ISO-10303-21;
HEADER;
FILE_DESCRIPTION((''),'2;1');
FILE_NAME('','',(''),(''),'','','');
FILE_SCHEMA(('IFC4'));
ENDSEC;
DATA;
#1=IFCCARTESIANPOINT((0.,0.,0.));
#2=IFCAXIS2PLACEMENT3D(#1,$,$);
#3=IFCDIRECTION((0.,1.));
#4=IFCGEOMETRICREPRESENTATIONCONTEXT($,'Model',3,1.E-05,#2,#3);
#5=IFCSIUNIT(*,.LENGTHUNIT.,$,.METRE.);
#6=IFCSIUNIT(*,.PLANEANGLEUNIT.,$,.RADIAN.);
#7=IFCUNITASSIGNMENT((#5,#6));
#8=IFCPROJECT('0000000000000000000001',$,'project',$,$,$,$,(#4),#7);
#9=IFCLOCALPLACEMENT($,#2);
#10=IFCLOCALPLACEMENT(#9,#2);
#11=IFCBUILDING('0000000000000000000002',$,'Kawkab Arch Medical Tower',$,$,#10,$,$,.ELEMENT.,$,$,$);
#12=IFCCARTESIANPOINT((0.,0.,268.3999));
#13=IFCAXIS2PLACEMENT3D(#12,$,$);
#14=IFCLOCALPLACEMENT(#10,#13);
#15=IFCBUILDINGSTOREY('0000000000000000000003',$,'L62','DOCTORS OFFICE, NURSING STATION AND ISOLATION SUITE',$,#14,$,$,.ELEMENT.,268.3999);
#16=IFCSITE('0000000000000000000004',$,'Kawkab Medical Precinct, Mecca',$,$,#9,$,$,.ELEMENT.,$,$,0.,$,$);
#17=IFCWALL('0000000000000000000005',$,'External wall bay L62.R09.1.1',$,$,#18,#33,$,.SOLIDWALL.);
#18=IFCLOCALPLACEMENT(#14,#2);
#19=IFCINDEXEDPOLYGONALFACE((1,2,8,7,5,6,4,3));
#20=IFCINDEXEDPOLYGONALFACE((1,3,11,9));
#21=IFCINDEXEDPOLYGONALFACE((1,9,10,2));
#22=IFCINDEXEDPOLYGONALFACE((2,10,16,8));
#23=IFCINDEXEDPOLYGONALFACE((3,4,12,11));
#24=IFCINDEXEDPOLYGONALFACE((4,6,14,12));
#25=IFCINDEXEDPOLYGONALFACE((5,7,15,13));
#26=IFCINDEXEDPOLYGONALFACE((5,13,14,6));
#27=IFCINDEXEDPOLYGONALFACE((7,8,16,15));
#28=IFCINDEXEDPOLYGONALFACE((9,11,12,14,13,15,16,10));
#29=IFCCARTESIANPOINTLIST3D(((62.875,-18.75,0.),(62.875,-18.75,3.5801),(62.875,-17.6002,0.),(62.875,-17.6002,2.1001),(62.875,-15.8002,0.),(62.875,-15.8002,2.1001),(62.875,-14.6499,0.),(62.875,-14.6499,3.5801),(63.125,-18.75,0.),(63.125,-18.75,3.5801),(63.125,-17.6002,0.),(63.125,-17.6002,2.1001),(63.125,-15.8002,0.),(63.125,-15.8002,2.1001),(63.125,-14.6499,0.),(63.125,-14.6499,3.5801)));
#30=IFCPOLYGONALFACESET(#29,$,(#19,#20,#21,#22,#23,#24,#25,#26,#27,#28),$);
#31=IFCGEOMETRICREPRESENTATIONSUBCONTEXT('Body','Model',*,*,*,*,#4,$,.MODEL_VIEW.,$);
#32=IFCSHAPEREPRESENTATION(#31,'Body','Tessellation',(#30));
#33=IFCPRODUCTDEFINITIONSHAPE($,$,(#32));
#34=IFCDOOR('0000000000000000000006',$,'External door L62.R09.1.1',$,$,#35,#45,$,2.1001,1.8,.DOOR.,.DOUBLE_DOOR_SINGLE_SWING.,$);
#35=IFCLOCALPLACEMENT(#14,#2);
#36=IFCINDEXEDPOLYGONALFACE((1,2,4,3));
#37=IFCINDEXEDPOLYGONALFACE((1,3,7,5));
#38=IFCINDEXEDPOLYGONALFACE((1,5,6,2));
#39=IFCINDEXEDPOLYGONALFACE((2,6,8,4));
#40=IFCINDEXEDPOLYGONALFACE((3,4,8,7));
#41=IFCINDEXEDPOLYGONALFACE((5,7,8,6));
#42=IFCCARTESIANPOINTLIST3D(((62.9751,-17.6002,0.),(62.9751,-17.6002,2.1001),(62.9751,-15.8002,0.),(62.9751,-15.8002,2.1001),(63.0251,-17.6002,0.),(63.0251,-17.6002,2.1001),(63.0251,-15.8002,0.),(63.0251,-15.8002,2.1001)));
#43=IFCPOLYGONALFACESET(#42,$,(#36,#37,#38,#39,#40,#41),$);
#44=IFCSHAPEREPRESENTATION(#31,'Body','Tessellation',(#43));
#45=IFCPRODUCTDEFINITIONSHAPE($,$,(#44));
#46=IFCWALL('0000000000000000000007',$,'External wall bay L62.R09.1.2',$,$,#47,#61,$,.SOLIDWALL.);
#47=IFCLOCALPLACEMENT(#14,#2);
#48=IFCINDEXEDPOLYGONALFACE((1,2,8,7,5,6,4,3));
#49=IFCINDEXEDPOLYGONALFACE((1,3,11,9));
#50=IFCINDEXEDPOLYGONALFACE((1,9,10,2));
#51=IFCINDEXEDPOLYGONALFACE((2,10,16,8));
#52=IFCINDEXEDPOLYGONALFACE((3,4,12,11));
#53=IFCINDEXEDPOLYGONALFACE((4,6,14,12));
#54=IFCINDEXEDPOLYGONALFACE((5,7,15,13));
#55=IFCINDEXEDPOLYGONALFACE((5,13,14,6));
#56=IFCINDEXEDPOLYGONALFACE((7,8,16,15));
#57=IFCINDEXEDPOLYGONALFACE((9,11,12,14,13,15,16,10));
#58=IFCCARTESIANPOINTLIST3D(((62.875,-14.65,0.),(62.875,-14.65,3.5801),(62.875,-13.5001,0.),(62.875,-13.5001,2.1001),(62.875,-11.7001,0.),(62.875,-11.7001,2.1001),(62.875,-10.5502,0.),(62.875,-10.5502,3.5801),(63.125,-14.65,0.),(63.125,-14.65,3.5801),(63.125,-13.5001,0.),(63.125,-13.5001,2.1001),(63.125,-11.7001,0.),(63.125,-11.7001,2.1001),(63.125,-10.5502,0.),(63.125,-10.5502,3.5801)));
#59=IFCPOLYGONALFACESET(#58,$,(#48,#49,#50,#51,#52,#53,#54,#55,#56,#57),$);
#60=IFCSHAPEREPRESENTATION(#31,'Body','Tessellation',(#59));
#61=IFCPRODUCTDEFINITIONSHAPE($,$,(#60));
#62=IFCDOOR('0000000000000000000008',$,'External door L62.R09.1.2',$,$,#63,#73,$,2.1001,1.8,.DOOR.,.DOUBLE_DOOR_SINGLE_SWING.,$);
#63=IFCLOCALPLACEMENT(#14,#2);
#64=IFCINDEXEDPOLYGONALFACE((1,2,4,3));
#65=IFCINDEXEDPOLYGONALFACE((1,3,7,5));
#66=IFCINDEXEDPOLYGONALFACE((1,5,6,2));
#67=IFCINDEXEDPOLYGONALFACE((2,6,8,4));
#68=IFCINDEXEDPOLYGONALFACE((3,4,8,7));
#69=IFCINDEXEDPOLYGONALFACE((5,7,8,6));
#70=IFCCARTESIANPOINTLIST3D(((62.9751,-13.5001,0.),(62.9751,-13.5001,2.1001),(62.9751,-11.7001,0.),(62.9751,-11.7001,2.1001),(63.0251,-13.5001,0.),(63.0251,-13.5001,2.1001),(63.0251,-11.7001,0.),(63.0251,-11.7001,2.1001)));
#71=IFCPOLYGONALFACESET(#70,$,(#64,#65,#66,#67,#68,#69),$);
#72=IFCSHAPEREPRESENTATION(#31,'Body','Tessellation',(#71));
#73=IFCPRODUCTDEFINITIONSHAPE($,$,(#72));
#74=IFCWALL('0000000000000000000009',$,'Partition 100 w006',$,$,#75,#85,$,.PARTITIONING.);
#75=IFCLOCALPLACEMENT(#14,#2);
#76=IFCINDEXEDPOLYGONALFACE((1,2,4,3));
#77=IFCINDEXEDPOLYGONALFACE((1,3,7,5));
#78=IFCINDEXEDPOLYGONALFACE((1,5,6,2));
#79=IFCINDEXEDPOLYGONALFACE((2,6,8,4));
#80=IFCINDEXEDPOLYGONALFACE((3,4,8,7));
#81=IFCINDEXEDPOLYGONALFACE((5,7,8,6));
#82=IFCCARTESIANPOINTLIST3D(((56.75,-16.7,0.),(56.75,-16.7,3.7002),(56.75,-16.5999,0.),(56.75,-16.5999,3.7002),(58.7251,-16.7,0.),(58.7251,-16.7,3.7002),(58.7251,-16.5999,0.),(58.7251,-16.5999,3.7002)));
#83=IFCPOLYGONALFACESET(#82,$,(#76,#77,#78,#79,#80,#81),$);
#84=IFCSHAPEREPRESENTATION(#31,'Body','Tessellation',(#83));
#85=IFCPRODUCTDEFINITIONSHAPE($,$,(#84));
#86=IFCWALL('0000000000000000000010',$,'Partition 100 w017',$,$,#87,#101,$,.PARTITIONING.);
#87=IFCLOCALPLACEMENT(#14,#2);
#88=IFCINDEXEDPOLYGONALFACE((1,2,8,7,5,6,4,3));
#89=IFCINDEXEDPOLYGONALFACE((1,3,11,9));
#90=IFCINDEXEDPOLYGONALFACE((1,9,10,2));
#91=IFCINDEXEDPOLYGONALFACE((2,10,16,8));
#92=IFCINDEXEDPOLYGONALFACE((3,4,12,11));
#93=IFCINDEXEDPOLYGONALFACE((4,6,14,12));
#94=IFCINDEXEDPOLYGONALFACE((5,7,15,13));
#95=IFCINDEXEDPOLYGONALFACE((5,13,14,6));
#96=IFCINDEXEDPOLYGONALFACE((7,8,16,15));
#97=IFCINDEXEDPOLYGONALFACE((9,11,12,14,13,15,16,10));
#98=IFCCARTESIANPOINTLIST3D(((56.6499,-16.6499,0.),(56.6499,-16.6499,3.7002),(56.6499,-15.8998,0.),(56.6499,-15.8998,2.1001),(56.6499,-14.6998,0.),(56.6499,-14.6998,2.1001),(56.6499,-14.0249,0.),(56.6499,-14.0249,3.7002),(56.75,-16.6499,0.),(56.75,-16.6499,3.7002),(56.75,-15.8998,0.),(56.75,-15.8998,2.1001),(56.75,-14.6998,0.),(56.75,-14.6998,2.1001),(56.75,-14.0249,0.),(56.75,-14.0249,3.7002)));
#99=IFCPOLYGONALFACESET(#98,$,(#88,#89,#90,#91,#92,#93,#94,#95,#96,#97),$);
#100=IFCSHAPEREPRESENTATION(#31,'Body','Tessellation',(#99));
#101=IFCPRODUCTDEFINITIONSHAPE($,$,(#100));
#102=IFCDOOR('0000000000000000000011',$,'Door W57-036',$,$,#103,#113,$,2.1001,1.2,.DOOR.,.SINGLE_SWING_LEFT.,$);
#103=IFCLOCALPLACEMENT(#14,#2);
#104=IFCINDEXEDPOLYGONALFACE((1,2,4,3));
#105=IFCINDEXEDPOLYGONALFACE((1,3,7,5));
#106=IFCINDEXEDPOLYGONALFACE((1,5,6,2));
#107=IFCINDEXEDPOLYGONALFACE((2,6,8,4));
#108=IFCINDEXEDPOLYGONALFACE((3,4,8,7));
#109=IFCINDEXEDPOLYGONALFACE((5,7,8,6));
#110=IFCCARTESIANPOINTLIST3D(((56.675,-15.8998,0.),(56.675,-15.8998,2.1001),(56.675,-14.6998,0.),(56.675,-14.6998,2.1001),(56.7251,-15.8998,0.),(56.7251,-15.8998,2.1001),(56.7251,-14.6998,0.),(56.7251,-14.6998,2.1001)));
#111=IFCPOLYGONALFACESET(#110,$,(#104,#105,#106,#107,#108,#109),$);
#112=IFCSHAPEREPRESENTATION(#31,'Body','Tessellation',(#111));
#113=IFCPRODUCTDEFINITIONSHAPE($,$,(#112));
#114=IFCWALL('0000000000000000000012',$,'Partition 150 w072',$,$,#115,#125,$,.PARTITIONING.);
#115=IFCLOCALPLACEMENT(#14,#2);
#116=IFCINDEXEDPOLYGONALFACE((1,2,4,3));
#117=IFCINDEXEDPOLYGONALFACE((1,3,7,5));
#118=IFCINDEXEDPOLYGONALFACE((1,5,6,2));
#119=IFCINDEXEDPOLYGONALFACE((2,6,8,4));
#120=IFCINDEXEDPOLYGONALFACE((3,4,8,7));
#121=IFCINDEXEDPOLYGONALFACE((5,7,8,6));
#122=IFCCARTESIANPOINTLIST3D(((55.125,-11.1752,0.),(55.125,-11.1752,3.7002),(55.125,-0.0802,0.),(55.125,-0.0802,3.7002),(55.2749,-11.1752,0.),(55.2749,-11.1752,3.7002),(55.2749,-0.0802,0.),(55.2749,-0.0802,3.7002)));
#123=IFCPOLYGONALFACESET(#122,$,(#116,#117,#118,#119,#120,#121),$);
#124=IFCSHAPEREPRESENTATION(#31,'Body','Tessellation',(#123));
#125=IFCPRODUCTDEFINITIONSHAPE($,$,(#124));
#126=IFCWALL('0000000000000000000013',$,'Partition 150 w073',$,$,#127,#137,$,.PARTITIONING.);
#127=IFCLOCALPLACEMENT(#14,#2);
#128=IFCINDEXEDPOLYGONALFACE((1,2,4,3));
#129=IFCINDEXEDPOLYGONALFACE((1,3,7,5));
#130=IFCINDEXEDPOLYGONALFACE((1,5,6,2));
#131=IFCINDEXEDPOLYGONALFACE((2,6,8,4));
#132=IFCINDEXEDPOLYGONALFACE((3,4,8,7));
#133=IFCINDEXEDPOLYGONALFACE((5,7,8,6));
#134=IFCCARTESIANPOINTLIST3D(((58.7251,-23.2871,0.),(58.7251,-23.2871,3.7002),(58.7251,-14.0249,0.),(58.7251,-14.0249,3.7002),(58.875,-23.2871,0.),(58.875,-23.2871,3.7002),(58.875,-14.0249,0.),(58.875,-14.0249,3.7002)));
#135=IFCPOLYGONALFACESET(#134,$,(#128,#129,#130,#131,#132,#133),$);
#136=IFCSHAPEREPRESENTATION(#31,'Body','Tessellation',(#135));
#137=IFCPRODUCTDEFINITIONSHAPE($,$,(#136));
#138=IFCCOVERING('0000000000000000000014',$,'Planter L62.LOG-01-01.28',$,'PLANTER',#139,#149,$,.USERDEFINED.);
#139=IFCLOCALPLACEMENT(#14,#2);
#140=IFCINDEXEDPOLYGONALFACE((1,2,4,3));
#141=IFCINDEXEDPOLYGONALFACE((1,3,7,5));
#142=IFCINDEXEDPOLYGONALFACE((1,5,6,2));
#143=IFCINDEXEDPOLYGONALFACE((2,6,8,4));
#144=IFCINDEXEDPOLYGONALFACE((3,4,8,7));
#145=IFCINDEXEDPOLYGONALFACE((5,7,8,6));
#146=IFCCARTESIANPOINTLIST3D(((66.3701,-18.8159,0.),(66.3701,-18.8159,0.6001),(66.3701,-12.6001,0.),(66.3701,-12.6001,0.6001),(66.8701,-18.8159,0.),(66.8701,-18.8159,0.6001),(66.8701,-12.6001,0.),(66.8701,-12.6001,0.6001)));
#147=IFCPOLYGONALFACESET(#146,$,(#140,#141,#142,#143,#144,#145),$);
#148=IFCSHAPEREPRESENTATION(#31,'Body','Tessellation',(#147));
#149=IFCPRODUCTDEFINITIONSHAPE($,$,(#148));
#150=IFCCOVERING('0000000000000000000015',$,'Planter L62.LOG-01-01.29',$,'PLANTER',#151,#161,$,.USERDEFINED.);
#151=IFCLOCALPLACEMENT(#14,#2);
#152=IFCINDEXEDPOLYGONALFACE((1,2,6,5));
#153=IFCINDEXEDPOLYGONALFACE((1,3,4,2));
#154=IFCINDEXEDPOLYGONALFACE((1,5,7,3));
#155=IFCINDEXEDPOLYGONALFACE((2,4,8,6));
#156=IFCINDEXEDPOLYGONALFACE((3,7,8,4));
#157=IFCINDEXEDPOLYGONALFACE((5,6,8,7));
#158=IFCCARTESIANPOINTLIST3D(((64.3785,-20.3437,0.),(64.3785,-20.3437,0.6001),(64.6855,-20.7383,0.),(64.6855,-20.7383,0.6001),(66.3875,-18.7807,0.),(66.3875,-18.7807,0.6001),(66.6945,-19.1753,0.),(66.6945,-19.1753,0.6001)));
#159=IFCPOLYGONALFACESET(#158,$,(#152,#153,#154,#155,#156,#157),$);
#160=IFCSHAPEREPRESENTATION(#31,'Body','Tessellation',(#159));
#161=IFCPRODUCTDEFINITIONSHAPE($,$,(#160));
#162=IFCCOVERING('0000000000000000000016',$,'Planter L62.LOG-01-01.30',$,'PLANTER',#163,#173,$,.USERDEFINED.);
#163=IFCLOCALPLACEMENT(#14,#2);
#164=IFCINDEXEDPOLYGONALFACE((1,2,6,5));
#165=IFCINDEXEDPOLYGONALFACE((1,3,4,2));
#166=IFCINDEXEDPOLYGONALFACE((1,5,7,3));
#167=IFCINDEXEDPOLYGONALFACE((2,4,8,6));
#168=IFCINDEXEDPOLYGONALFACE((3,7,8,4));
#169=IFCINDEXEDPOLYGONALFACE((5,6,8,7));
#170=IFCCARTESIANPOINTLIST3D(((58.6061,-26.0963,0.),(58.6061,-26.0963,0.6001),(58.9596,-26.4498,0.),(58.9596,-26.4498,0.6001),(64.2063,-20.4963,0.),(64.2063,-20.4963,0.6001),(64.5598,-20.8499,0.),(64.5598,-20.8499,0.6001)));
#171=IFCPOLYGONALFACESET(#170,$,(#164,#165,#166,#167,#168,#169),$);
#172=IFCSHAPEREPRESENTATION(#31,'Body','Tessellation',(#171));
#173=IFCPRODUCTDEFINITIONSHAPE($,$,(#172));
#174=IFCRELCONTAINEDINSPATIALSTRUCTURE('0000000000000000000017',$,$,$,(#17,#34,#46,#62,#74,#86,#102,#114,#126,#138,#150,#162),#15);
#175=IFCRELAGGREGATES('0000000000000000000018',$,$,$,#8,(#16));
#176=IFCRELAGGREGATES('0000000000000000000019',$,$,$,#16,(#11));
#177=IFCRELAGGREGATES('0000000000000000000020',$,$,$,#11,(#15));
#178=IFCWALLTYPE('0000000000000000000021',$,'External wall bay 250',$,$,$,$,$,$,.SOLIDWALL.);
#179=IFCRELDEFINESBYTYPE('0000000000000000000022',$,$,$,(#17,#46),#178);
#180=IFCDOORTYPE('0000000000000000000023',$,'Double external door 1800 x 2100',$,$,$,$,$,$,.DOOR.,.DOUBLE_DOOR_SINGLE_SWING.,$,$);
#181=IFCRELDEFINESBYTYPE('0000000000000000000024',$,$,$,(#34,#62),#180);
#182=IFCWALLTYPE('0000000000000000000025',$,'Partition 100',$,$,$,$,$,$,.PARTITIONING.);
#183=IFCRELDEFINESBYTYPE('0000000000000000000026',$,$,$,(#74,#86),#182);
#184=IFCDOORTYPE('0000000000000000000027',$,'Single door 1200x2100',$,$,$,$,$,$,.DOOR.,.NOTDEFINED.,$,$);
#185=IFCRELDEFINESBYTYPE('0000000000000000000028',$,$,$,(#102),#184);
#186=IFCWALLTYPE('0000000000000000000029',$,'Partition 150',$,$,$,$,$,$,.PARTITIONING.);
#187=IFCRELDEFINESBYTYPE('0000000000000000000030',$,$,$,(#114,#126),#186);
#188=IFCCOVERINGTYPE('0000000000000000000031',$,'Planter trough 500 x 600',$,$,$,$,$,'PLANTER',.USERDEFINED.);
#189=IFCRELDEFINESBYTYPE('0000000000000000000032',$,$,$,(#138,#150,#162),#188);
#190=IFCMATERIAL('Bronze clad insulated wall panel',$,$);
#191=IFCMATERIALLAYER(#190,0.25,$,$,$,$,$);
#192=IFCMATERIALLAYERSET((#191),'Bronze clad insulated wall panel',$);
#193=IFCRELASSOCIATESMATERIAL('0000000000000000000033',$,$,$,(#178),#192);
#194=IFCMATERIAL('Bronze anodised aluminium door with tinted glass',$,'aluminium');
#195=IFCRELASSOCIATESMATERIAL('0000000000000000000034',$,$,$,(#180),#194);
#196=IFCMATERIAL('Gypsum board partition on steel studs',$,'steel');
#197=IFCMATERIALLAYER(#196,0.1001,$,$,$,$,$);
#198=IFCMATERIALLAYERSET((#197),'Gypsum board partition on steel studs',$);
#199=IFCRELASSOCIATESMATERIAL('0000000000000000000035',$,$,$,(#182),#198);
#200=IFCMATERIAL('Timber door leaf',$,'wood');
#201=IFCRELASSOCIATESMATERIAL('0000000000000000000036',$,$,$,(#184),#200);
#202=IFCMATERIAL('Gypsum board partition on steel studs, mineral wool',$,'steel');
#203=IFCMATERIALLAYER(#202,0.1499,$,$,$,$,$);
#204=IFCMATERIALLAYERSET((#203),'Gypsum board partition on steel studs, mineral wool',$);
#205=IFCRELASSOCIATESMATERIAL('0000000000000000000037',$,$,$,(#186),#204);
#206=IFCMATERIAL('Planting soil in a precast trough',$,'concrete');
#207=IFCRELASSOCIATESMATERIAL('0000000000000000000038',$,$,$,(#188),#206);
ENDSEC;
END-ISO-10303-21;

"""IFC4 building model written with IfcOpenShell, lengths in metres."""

from ifc_helpers import new_model, si_unit, direction, frame, frame_2d, origin, origin_2d, place, context, subcontext, project, spatial, rectangle, extrude, material, layer, layer_set, material_profile, profile_set, type_object, element, fill, save


model = new_model("IFC4")

# Units and contexts
model_context = context("Model", 3, precision=1e-05, world=origin(), true_north=direction((0.0, 1.0)))
body_context = subcontext(model_context, "Body", "Model", "MODEL_VIEW")
ifc_project = project(units=[si_unit("LENGTHUNIT", "METRE"), si_unit("PLANEANGLEUNIT", "RADIAN")], contexts=[model_context])

# Site, building, storey
site_placement = place(None, origin())
site = spatial("IfcSite", under=ifc_project, at=site_placement, Name="Kawkab Medical Precinct, Mecca", CompositionType="ELEMENT", RefElevation=0.0)
building_placement = place(site_placement, origin())
building = spatial("IfcBuilding", under=site, at=building_placement, Name="Kawkab Arch Medical Tower", CompositionType="ELEMENT")
storey_placement = place(building_placement, frame((0.0, 0.0, 268.3999)))
storey = spatial("IfcBuildingStorey", under=building, at=storey_placement, Name="L62", Description="DOCTORS OFFICE, NURSING STATION AND ISOLATION SUITE", CompositionType="ELEMENT", Elevation=268.3999)

# Walls, openings, doors
ifc_material_1 = material(Name="Bronze clad insulated wall panel")
ifc_layer_1 = layer(ifc_material_1, 0.25)
ifc_layer_set_1 = layer_set([ifc_layer_1], Name="Bronze clad insulated wall panel")
wall_type_1 = type_object("IfcWallType", Name="External wall bay 250", PredefinedType="SOLIDWALL", material=ifc_layer_set_1)
wall_1_placement = place(storey_placement, frame((63.0, -18.75, 0.0), z_axis=(0.0, 0.0, 1.0), x_axis=(0.0, 1.0, 0.0)))
wall_1 = element("IfcWall", 1, at=wall_1_placement, inside=storey, type_object=wall_type_1, Name="External wall bay L62.R09.1.1", PredefinedType="SOLIDWALL", context=body_context, shape_type="SweptSolid", body=[
    extrude(rectangle(XDim=4.1001, YDim=0.25, at=frame_2d((2.05, 0.0))), origin(), (0.0, 0.0, 1.0), 3.5801),
])
opening_1_placement = place(wall_1_placement, frame((1.1499, 0.0, 0.0)))
opening_1 = element("IfcOpeningElement", 2, at=opening_1_placement, cuts=wall_1, PredefinedType="OPENING", context=body_context, shape_type="SweptSolid", body=[
    extrude(rectangle(XDim=1.8, YDim=2.1001, at=frame_2d((0.8999, 1.05))), frame((0.0, 0.135, 0.0), z_axis=(0.0, -1.0, 0.0), x_axis=(1.0, 0.0, 0.0)), (0.0, 0.0, 1.0), 0.27),
])
ifc_material_2 = material(Name="Bronze anodised aluminium door with tinted glass", Category="aluminium")
door_type_1 = type_object("IfcDoorType", Name="Double external door 1800 x 2100", OperationType="DOUBLE_DOOR_SINGLE_SWING", PredefinedType="DOOR", material=ifc_material_2)
door_1_placement = place(opening_1_placement, origin())
door_1 = element("IfcDoor", 3, at=door_1_placement, inside=storey, type_object=door_type_1, Name="External door L62.R09.1.1", OperationType="DOUBLE_DOOR_SINGLE_SWING", OverallHeight=2.1001, OverallWidth=1.8, PredefinedType="DOOR", context=body_context, shape_type="SweptSolid", body=[
    extrude(rectangle(XDim=1.8, YDim=2.1001, at=frame_2d((0.8999, 1.05))), frame((0.0, 0.0249, 0.0), z_axis=(0.0, -1.0, 0.0), x_axis=(1.0, 0.0, 0.0)), (0.0, 0.0, 1.0), 0.05),
])
fill(opening_1, door_1)
wall_2_placement = place(storey_placement, frame((63.0, -14.6499, 0.0), z_axis=(0.0, 0.0, 1.0), x_axis=(0.0, 1.0, 0.0)))
wall_2 = element("IfcWall", 4, at=wall_2_placement, inside=storey, type_object=wall_type_1, Name="External wall bay L62.R09.1.2", PredefinedType="SOLIDWALL", context=body_context, shape_type="SweptSolid", body=[
    extrude(rectangle(XDim=4.0999, YDim=0.25, at=frame_2d((2.0498, 0.0))), origin(), (0.0, 0.0, 1.0), 3.5801),
])
opening_2_placement = place(wall_2_placement, frame((1.1499, 0.0, 0.0)))
opening_2 = element("IfcOpeningElement", 5, at=opening_2_placement, cuts=wall_2, PredefinedType="OPENING", context=body_context, shape_type="SweptSolid", body=[
    extrude(rectangle(XDim=1.8, YDim=2.1001, at=frame_2d((0.8999, 1.05))), frame((0.0, 0.135, 0.0), z_axis=(0.0, -1.0, 0.0), x_axis=(1.0, 0.0, 0.0)), (0.0, 0.0, 1.0), 0.27),
])
door_2_placement = place(opening_2_placement, origin())
door_2 = element("IfcDoor", 6, at=door_2_placement, inside=storey, type_object=door_type_1, Name="External door L62.R09.1.2", OperationType="DOUBLE_DOOR_SINGLE_SWING", OverallHeight=2.1001, OverallWidth=1.8, PredefinedType="DOOR", context=body_context, shape_type="SweptSolid", body=[
    extrude(rectangle(XDim=1.8, YDim=2.1001, at=frame_2d((0.8999, 1.05))), frame((0.0, 0.0249, 0.0), z_axis=(0.0, -1.0, 0.0), x_axis=(1.0, 0.0, 0.0)), (0.0, 0.0, 1.0), 0.05),
])
fill(opening_2, door_2)

# Wall
ifc_material_3 = material(Name="Gypsum board partition on steel studs", Category="steel")
ifc_layer_2 = layer(ifc_material_3, 0.1001)
ifc_layer_set_2 = layer_set([ifc_layer_2], Name="Gypsum board partition on steel studs")
wall_type_2 = type_object("IfcWallType", Name="Partition 100", PredefinedType="PARTITIONING", material=ifc_layer_set_2)
wall_3_placement = place(storey_placement, frame((56.75, -16.6499, 0.0), z_axis=(0.0, 0.0, 1.0), x_axis=(1.0, 0.0, 0.0)))
element("IfcWall", 7, at=wall_3_placement, inside=storey, type_object=wall_type_2, Name="Partition 100 w006", PredefinedType="PARTITIONING", context=body_context, shape_type="SweptSolid", body=[
    extrude(rectangle(XDim=1.9751, YDim=0.1001, at=frame_2d((0.9875, 0.0))), origin(), (0.0, 0.0, 1.0), 3.7002),
])

# Wall, opening, door
wall_4_placement = place(storey_placement, frame((56.7, -16.6499, 0.0), z_axis=(0.0, 0.0, 1.0), x_axis=(0.0, 1.0, 0.0)))
wall_4 = element("IfcWall", 8, at=wall_4_placement, inside=storey, type_object=wall_type_2, Name="Partition 100 w017", PredefinedType="PARTITIONING", context=body_context, shape_type="SweptSolid", body=[
    extrude(rectangle(XDim=2.625, YDim=0.1001, at=frame_2d((1.3125, 0.0))), origin(), (0.0, 0.0, 1.0), 3.7002),
])
opening_3_placement = place(wall_4_placement, frame((0.75, 0.0, 0.0)))
opening_3 = element("IfcOpeningElement", 9, at=opening_3_placement, cuts=wall_4, PredefinedType="OPENING", context=body_context, shape_type="SweptSolid", body=[
    extrude(rectangle(XDim=1.2, YDim=2.1001, at=frame_2d((0.6001, 1.05))), frame((0.0, 0.0601, 0.0), z_axis=(0.0, -1.0, 0.0), x_axis=(1.0, 0.0, 0.0)), (0.0, 0.0, 1.0), 0.1201),
])
ifc_material_4 = material(Name="Timber door leaf", Category="wood")
door_type_2 = type_object("IfcDoorType", Name="Single door 1200x2100", OperationType="NOTDEFINED", PredefinedType="DOOR", material=ifc_material_4)
door_3_placement = place(opening_3_placement, origin())
door_3 = element("IfcDoor", 10, at=door_3_placement, inside=storey, type_object=door_type_2, Name="Door W57-036", OperationType="SINGLE_SWING_LEFT", OverallHeight=2.1001, OverallWidth=1.2, PredefinedType="DOOR", context=body_context, shape_type="SweptSolid", body=[
    extrude(rectangle(XDim=1.2, YDim=2.1001, at=frame_2d((0.6001, 1.05))), frame((0.0, 0.0249, 0.0), z_axis=(0.0, -1.0, 0.0), x_axis=(1.0, 0.0, 0.0)), (0.0, 0.0, 1.0), 0.05),
])
fill(opening_3, door_3)

# Walls
ifc_material_5 = material(Name="Gypsum board partition on steel studs, mineral wool", Category="steel")
ifc_layer_3 = layer(ifc_material_5, 0.1499)
ifc_layer_set_3 = layer_set([ifc_layer_3], Name="Gypsum board partition on steel studs, mineral wool")
wall_type_3 = type_object("IfcWallType", Name="Partition 150", PredefinedType="PARTITIONING", material=ifc_layer_set_3)
wall_5_placement = place(storey_placement, frame((55.2, -11.175, 0.0), z_axis=(0.0, 0.0, 1.0), x_axis=(0.0, 1.0, 0.0)))
element("IfcWall", 11, at=wall_5_placement, inside=storey, type_object=wall_type_3, Name="Partition 150 w072", PredefinedType="PARTITIONING", context=body_context, shape_type="SweptSolid", body=[
    extrude(rectangle(XDim=11.095, YDim=0.1499, at=frame_2d((5.5474, 0.0))), origin(), (0.0, 0.0, 1.0), 3.7002),
])
wall_6_placement = place(storey_placement, frame((58.8, -23.2871, 0.0), z_axis=(0.0, 0.0, 1.0), x_axis=(0.0, 1.0, 0.0)))
element("IfcWall", 12, at=wall_6_placement, inside=storey, type_object=wall_type_3, Name="Partition 150 w073", PredefinedType="PARTITIONING", context=body_context, shape_type="SweptSolid", body=[
    extrude(rectangle(XDim=9.2622, YDim=0.1499, at=frame_2d((4.6311, 0.0))), origin(), (0.0, 0.0, 1.0), 3.7002),
])

# Coverings
ifc_material_6 = material(Name="Planting soil in a precast trough", Category="concrete")
ifc_material_profile_1 = material_profile(ifc_material_6, rectangle(XDim=0.5, YDim=0.6001, at=origin_2d()), Name="Trough 500x600")
ifc_profile_set_1 = profile_set([ifc_material_profile_1], Name="Planting soil in a precast trough")
covering_type = type_object("IfcCoveringType", Name="Planter trough 500 x 600", ElementType="PLANTER", PredefinedType="USERDEFINED", material=ifc_profile_set_1)
covering_1_placement = place(storey_placement, frame((66.6201, -12.6001, 0.3), z_axis=(0.0, -1.0, 0.0), x_axis=(1.0, 0.0, 0.0)))
element("IfcCovering", 13, at=covering_1_placement, inside=storey, type_object=covering_type, Name="Planter L62.LOG-01-01.28", ObjectType="PLANTER", PredefinedType="USERDEFINED", context=body_context, shape_type="SweptSolid", body=[
    extrude(rectangle(XDim=0.5, YDim=0.6001, at=origin_2d()), origin(), (0.0, 0.0, 1.0), 6.2158),
])
covering_2_placement = place(storey_placement, frame((66.541, -18.978, 0.3), z_axis=(-0.789275, -0.61404, 0.0), x_axis=(0.61404, -0.789275, 0.0)))
element("IfcCovering", 14, at=covering_2_placement, inside=storey, type_object=covering_type, Name="Planter L62.LOG-01-01.29", ObjectType="PLANTER", PredefinedType="USERDEFINED", context=body_context, shape_type="SweptSolid", body=[
    extrude(rectangle(XDim=0.5, YDim=0.6001, at=origin_2d()), origin(), (0.0, 0.0, 1.0), 2.5454),
])
covering_3_placement = place(storey_placement, frame((64.3831, -20.6731, 0.3), z_axis=(-0.707122, -0.707091, 0.0), x_axis=(0.707091, -0.707122, 0.0)))
element("IfcCovering", 15, at=covering_3_placement, inside=storey, type_object=covering_type, Name="Planter L62.LOG-01-01.30", ObjectType="PLANTER", PredefinedType="USERDEFINED", context=body_context, shape_type="SweptSolid", body=[
    extrude(rectangle(XDim=0.5, YDim=0.6001, at=origin_2d()), origin(), (0.0, 0.0, 1.0), 7.9197),
])

save(model, "model.ifc")
